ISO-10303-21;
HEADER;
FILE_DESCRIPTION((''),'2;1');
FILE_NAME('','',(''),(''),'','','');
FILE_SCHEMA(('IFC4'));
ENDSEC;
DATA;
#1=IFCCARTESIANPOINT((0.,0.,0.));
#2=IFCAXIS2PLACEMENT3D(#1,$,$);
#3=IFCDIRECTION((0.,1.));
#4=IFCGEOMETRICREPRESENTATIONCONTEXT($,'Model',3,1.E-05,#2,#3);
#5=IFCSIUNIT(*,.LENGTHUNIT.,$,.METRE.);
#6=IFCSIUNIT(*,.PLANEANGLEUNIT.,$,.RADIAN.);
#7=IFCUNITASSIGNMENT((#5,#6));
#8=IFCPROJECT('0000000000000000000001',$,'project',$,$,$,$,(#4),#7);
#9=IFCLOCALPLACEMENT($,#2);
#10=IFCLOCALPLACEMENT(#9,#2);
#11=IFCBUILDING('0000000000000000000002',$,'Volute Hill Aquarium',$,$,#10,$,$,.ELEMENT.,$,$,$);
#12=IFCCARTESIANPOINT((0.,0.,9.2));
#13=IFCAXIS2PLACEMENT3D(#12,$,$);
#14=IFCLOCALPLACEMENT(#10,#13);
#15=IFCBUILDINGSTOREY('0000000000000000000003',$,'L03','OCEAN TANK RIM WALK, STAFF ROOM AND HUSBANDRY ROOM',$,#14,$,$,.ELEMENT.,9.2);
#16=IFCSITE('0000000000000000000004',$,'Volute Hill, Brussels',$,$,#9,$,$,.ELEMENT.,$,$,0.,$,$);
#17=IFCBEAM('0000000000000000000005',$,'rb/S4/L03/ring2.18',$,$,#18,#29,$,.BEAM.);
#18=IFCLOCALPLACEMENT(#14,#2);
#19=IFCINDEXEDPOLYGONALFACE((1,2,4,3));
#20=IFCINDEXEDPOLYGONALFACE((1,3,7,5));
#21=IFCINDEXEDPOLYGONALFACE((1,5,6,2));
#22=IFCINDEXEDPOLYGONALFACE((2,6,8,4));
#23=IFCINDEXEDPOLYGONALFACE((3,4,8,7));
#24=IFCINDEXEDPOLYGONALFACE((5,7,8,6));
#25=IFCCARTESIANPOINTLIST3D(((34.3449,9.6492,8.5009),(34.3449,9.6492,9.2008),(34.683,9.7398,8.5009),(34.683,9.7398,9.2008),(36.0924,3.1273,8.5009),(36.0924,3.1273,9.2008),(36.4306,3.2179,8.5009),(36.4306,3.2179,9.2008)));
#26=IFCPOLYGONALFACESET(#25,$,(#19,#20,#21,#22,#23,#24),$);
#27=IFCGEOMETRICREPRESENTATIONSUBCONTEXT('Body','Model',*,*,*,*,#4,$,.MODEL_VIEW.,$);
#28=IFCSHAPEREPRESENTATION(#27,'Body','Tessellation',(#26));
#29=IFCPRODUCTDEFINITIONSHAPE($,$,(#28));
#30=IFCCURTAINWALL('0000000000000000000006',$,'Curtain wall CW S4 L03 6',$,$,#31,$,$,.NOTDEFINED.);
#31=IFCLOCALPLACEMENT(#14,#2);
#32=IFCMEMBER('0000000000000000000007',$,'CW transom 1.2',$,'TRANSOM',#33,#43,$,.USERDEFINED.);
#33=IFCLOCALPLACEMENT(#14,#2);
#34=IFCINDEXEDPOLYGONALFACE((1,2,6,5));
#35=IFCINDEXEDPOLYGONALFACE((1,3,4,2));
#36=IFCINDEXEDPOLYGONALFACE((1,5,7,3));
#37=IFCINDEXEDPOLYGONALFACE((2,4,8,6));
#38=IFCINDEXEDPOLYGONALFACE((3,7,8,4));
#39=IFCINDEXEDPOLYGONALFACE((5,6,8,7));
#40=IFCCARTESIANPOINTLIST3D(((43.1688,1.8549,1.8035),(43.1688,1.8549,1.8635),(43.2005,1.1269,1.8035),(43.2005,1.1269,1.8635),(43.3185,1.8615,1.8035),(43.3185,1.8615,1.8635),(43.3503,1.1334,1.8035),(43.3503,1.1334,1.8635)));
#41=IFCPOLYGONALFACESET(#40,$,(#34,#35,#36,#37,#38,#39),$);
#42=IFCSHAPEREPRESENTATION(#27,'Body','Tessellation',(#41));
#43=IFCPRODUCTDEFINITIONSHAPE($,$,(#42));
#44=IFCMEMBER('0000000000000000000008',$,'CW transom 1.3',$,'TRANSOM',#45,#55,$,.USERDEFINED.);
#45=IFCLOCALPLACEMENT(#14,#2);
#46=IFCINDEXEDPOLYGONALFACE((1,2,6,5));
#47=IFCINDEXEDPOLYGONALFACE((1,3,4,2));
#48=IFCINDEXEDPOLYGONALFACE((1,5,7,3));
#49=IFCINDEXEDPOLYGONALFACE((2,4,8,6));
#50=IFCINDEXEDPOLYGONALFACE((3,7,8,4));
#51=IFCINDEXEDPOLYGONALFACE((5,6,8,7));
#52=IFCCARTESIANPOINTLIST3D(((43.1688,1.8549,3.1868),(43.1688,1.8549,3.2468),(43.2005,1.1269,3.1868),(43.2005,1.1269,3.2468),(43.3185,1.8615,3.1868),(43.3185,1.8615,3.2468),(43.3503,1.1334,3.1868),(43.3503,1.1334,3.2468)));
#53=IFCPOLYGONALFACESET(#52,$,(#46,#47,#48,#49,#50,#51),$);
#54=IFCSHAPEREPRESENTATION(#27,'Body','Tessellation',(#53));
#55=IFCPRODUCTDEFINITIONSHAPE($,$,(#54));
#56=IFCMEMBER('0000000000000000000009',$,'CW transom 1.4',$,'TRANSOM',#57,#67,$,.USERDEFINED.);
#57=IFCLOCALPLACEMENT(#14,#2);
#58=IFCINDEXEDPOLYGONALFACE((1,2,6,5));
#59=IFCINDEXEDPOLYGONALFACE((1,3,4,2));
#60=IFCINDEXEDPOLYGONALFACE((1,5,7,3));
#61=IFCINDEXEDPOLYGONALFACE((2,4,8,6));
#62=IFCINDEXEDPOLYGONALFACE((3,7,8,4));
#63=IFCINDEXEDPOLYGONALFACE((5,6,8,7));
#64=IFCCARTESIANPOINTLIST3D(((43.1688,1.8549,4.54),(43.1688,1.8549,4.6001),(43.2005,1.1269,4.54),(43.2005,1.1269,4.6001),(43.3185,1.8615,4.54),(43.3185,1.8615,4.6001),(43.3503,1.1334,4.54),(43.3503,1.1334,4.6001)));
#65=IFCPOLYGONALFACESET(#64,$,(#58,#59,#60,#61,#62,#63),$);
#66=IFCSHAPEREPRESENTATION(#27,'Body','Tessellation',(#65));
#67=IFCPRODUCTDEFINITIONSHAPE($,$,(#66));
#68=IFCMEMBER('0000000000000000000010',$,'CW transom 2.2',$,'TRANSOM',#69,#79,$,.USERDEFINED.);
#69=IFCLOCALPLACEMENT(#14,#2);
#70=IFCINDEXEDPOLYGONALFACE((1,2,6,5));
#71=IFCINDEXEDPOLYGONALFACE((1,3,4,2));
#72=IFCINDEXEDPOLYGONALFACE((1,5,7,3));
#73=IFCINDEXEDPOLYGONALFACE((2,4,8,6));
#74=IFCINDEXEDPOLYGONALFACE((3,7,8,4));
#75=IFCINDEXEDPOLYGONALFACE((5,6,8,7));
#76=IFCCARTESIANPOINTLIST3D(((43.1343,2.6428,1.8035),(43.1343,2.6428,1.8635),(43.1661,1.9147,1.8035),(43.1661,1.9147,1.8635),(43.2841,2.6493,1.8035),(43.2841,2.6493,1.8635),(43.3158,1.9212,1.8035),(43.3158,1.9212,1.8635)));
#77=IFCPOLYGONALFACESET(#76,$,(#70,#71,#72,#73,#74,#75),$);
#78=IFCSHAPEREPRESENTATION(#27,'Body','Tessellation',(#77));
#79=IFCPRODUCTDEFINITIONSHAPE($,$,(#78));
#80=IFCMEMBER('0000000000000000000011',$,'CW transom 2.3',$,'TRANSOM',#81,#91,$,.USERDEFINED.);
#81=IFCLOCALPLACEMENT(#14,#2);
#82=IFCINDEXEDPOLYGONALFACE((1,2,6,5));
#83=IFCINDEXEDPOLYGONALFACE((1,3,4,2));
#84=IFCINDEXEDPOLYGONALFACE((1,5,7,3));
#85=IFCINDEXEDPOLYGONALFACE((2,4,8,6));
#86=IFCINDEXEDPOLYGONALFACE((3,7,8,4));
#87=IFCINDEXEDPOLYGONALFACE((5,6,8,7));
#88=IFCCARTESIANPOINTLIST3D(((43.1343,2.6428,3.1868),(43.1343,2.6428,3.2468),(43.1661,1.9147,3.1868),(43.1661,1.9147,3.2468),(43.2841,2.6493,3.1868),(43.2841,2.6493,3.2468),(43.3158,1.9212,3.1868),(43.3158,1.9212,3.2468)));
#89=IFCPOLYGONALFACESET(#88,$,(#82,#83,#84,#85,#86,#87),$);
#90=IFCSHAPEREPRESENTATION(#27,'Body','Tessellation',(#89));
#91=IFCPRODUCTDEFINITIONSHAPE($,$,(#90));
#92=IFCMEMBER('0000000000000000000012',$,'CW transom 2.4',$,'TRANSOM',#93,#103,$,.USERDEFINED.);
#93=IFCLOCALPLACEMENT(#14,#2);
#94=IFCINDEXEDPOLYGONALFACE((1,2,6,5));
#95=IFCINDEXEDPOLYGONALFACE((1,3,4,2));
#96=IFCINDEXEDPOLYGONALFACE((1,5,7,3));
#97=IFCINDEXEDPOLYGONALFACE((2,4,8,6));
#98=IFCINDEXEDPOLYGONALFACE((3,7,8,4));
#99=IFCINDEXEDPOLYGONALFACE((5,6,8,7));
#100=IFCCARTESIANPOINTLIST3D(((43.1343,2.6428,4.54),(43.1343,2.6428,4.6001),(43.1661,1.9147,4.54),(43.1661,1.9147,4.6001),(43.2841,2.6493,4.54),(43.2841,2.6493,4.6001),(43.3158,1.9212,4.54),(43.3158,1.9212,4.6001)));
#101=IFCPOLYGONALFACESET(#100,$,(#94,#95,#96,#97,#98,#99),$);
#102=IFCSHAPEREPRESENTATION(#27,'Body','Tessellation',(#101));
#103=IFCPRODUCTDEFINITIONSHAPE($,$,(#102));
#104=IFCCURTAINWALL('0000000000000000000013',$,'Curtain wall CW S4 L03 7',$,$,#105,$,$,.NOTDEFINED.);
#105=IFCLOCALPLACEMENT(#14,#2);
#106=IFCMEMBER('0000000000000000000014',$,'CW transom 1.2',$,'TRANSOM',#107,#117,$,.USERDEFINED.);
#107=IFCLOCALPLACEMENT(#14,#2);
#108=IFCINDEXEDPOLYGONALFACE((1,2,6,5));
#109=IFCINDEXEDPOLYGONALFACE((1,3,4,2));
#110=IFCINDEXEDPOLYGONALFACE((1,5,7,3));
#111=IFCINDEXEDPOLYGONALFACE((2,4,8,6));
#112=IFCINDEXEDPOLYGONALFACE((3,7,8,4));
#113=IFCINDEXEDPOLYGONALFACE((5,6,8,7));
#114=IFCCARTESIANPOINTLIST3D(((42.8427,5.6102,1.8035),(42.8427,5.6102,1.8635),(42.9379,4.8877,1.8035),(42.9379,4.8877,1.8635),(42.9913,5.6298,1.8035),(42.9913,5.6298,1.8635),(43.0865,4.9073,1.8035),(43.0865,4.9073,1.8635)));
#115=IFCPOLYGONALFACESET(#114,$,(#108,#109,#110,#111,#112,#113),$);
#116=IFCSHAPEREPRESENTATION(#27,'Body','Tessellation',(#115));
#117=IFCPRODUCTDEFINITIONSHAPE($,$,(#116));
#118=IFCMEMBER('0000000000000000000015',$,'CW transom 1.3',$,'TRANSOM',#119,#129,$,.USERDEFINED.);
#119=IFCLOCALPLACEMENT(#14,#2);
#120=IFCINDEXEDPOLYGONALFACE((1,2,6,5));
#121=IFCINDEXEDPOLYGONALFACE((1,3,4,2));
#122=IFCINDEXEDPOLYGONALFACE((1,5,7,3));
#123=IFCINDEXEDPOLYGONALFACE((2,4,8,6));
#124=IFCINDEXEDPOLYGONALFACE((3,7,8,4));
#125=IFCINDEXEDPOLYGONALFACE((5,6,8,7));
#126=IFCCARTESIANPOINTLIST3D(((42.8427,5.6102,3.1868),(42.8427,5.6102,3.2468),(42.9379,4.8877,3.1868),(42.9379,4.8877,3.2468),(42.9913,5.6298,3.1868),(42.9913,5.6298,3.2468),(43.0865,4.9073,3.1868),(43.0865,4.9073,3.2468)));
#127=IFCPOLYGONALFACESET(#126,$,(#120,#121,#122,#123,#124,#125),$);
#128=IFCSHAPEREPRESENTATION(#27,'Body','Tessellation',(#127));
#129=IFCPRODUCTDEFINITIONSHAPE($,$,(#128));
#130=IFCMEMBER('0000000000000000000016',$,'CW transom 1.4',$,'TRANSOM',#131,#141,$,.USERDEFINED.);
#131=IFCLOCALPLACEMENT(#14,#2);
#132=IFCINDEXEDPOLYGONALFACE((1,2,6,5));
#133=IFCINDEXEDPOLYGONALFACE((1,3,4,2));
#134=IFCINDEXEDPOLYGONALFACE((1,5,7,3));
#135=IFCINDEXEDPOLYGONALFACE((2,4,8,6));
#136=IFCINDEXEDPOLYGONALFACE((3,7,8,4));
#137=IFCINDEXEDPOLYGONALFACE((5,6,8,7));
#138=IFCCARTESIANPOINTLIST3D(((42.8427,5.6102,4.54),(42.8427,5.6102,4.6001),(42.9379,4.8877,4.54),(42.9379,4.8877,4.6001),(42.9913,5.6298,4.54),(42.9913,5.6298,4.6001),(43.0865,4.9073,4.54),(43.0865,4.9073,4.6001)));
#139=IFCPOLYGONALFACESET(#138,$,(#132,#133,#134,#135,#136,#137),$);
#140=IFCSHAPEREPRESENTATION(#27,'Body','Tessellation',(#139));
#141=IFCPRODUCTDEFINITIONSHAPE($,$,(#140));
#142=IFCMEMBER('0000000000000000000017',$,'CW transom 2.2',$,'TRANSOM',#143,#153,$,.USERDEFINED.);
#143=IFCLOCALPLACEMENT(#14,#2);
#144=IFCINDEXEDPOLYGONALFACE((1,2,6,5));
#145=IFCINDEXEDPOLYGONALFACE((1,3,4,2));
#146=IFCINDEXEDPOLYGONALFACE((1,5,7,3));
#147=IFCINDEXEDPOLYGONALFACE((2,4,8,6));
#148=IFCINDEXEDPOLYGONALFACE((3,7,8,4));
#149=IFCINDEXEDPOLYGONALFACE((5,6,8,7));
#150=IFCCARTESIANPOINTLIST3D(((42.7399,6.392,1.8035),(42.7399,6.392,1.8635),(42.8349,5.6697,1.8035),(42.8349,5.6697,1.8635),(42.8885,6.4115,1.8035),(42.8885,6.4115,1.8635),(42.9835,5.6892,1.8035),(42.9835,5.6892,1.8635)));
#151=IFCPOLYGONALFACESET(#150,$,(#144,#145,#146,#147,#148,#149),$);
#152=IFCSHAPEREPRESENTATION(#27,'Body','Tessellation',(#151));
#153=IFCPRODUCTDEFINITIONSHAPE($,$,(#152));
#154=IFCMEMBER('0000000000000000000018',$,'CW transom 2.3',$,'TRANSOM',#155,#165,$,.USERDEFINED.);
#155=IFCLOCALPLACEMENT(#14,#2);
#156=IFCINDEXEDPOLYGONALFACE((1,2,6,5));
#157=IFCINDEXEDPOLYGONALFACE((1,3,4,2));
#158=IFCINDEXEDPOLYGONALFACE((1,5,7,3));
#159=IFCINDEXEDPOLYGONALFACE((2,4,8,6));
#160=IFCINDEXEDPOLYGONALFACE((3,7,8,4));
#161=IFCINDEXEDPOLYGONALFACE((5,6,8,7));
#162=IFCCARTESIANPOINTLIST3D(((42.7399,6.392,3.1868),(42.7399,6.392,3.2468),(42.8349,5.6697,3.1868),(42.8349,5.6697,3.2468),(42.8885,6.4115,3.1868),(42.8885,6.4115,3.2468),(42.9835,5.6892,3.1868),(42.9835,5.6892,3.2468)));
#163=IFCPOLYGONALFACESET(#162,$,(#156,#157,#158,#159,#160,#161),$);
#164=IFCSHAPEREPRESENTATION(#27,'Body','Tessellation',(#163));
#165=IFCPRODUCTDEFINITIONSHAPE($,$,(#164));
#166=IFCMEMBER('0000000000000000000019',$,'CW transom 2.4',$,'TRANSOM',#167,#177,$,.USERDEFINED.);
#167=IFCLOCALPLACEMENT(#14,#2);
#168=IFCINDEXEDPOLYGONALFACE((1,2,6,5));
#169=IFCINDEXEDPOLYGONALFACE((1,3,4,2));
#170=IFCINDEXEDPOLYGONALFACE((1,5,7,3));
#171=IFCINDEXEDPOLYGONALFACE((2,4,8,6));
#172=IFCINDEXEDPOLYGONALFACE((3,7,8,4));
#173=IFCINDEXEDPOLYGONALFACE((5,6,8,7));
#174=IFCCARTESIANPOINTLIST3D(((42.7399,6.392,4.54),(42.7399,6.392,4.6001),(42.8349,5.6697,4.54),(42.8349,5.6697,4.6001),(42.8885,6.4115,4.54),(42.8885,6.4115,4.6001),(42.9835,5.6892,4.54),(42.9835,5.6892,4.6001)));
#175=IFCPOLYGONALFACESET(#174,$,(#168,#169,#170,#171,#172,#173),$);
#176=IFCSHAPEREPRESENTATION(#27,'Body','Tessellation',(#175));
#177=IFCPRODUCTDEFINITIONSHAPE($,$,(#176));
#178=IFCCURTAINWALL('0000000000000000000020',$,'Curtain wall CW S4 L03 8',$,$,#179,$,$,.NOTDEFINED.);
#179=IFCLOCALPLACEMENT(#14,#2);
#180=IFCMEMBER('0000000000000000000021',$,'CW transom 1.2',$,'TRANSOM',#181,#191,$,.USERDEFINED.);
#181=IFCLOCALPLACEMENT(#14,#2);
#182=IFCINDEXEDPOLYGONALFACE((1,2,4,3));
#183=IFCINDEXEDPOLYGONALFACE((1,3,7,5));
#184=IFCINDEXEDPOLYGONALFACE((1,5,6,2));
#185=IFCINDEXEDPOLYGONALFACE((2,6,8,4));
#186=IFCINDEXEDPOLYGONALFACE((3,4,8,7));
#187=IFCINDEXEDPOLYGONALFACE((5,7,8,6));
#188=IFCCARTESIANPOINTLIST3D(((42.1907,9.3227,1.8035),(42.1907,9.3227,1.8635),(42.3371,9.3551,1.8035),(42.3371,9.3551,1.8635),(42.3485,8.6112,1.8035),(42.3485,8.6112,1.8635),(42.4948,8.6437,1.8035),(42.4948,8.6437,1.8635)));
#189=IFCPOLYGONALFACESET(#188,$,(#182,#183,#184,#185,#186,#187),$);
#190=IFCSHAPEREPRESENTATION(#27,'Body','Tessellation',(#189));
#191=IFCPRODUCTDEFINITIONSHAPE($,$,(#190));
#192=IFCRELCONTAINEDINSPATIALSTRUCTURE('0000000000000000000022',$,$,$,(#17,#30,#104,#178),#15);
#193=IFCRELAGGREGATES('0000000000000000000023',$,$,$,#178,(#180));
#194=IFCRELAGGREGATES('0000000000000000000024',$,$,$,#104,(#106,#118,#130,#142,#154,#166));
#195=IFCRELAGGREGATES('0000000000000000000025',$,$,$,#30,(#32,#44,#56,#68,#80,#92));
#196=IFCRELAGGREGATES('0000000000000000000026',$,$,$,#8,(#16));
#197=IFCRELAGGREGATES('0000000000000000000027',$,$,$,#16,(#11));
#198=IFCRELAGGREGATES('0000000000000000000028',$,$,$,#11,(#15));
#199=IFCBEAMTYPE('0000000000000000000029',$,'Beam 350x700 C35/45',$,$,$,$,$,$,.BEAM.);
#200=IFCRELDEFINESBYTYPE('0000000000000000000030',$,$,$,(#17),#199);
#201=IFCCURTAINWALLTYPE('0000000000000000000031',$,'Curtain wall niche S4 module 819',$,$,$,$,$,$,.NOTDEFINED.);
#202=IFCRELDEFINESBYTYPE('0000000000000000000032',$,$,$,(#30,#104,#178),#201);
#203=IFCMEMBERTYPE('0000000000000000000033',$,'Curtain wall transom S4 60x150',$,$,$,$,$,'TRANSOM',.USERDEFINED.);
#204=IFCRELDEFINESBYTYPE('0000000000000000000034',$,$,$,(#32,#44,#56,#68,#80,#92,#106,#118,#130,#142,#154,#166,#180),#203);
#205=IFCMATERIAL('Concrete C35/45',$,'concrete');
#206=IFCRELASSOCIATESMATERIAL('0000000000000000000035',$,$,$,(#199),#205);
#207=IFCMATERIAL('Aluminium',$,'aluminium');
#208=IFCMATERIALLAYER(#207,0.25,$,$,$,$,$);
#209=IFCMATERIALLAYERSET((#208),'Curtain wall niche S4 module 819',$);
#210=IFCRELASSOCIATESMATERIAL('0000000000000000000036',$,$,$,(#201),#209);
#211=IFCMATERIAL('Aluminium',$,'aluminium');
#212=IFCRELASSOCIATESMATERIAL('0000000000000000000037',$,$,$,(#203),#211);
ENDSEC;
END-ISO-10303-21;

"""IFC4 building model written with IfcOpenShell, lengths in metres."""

from ifc_helpers import new_model, si_unit, direction, frame, origin, origin_2d, place, context, subcontext, project, spatial, rectangle, extrude, material, layer, layer_set, material_profile, profile_set, type_object, element, aggregate, save


model = new_model("IFC4")

# Units and contexts
model_context = context("Model", 3, precision=1e-05, world=origin(), true_north=direction((0.0, 1.0)))
body_context = subcontext(model_context, "Body", "Model", "MODEL_VIEW")
ifc_project = project(units=[si_unit("LENGTHUNIT", "METRE"), si_unit("PLANEANGLEUNIT", "RADIAN")], contexts=[model_context])

# Site, building, storey
site_placement = place(None, origin())
site = spatial("IfcSite", under=ifc_project, at=site_placement, Name="Volute Hill, Brussels", CompositionType="ELEMENT", RefElevation=0.0)
building_placement = place(site_placement, origin())
building = spatial("IfcBuilding", under=site, at=building_placement, Name="Volute Hill Aquarium", CompositionType="ELEMENT")
storey_placement = place(building_placement, frame((0.0, 0.0, 9.2)))
storey = spatial("IfcBuildingStorey", under=building, at=storey_placement, Name="L03", Description="OCEAN TANK RIM WALK, STAFF ROOM AND HUSBANDRY ROOM", CompositionType="ELEMENT", Elevation=9.2)

# Beam
ifc_material_1 = material(Name="Concrete C35/45", Category="concrete")
ifc_material_profile_1 = material_profile(ifc_material_1, rectangle(XDim=0.3501, YDim=0.7, at=origin_2d()), Name="RC beam 350x700")
ifc_profile_set_1 = profile_set([ifc_material_profile_1], Name="Concrete C35/45")
beam_type_1 = type_object("IfcBeamType", Name="Beam 350x700 C35/45", PredefinedType="BEAM", material=ifc_profile_set_1)
beam_1_placement = place(storey_placement, frame((36.2615, 3.1726, 8.8508), z_axis=(-0.258819, 0.965926, 0.0), x_axis=(-0.965926, -0.258819, 0.0)))
element("IfcBeam", 1, at=beam_1_placement, inside=storey, type_object=beam_type_1, Name="rb/S4/L03/ring2.18", PredefinedType="BEAM", context=body_context, shape_type="SweptSolid", body=[
    extrude(rectangle(XDim=0.3501, YDim=0.7, at=origin_2d()), origin(), (0.0, 0.0, 1.0), 6.752),
])

# Curtain walls, members
ifc_material_2 = material(Name="Aluminium", Category="aluminium")
ifc_layer_1 = layer(ifc_material_2, 0.25)
ifc_layer_set_1 = layer_set([ifc_layer_1], Name="Curtain wall niche S4 module 819")
curtain_wall_type = type_object("IfcCurtainWallType", Name="Curtain wall niche S4 module 819", PredefinedType="NOTDEFINED", material=ifc_layer_set_1)
curtain_wall_1_placement = place(storey_placement, origin())
curtain_wall_1 = element("IfcCurtainWall", 2, at=curtain_wall_1_placement, inside=storey, type_object=curtain_wall_type, Name="Curtain wall CW S4 L03 6", PredefinedType="NOTDEFINED")
ifc_material_3 = material(Name="Aluminium", Category="aluminium")
ifc_material_profile_2 = material_profile(ifc_material_3, rectangle(XDim=0.1499, YDim=0.0601, at=origin_2d()), Name="Curtain wall transom S4 60x150")
ifc_profile_set_2 = profile_set([ifc_material_profile_2], Name="Aluminium")
member_type = type_object("IfcMemberType", Name="Curtain wall transom S4 60x150", ElementType="TRANSOM", PredefinedType="USERDEFINED", material=ifc_profile_set_2)
member_1_placement = place(storey_placement, frame((43.2754, 1.1301, 1.8335), z_axis=(-0.043554, 0.999051, 0.0), x_axis=(-0.999051, -0.043554, 0.0)))
member_1 = element("IfcMember", 3, at=member_1_placement, type_object=member_type, Name="CW transom 1.2", ObjectType="TRANSOM", PredefinedType="USERDEFINED", context=body_context, shape_type="SweptSolid", body=[
    extrude(rectangle(XDim=0.1499, YDim=0.0601, at=origin_2d()), origin(), (0.0, 0.0, 1.0), 0.7288),
])
member_2_placement = place(storey_placement, frame((43.2754, 1.1301, 3.2168), z_axis=(-0.043554, 0.999051, 0.0), x_axis=(-0.999051, -0.043554, 0.0)))
member_2 = element("IfcMember", 4, at=member_2_placement, type_object=member_type, Name="CW transom 1.3", ObjectType="TRANSOM", PredefinedType="USERDEFINED", context=body_context, shape_type="SweptSolid", body=[
    extrude(rectangle(XDim=0.1499, YDim=0.0601, at=origin_2d()), origin(), (0.0, 0.0, 1.0), 0.7288),
])
member_3_placement = place(storey_placement, frame((43.2754, 1.1301, 4.5701), z_axis=(-0.043554, 0.999051, 0.0), x_axis=(-0.999051, -0.043554, 0.0)))
member_3 = element("IfcMember", 5, at=member_3_placement, type_object=member_type, Name="CW transom 1.4", ObjectType="TRANSOM", PredefinedType="USERDEFINED", context=body_context, shape_type="SweptSolid", body=[
    extrude(rectangle(XDim=0.1499, YDim=0.0601, at=origin_2d()), origin(), (0.0, 0.0, 1.0), 0.7288),
])
member_4_placement = place(storey_placement, frame((43.241, 1.918, 1.8335), z_axis=(-0.043554, 0.999051, 0.0), x_axis=(-0.999051, -0.043554, 0.0)))
member_4 = element("IfcMember", 6, at=member_4_placement, type_object=member_type, Name="CW transom 2.2", ObjectType="TRANSOM", PredefinedType="USERDEFINED", context=body_context, shape_type="SweptSolid", body=[
    extrude(rectangle(XDim=0.1499, YDim=0.0601, at=origin_2d()), origin(), (0.0, 0.0, 1.0), 0.7288),
])
member_5_placement = place(storey_placement, frame((43.241, 1.918, 3.2168), z_axis=(-0.043554, 0.999051, 0.0), x_axis=(-0.999051, -0.043554, 0.0)))
member_5 = element("IfcMember", 7, at=member_5_placement, type_object=member_type, Name="CW transom 2.3", ObjectType="TRANSOM", PredefinedType="USERDEFINED", context=body_context, shape_type="SweptSolid", body=[
    extrude(rectangle(XDim=0.1499, YDim=0.0601, at=origin_2d()), origin(), (0.0, 0.0, 1.0), 0.7288),
])
member_6_placement = place(storey_placement, frame((43.241, 1.918, 4.5701), z_axis=(-0.043554, 0.999051, 0.0), x_axis=(-0.999051, -0.043554, 0.0)))
member_6 = element("IfcMember", 8, at=member_6_placement, type_object=member_type, Name="CW transom 2.4", ObjectType="TRANSOM", PredefinedType="USERDEFINED", context=body_context, shape_type="SweptSolid", body=[
    extrude(rectangle(XDim=0.1499, YDim=0.0601, at=origin_2d()), origin(), (0.0, 0.0, 1.0), 0.7288),
])
curtain_wall_2_placement = place(storey_placement, origin())
curtain_wall_2 = element("IfcCurtainWall", 9, at=curtain_wall_2_placement, inside=storey, type_object=curtain_wall_type, Name="Curtain wall CW S4 L03 7", PredefinedType="NOTDEFINED")
member_7_placement = place(storey_placement, frame((43.0122, 4.8975, 1.8335), z_axis=(-0.130671, 0.991426, 0.0), x_axis=(-0.991426, -0.130671, 0.0)))
member_7 = element("IfcMember", 10, at=member_7_placement, type_object=member_type, Name="CW transom 1.2", ObjectType="TRANSOM", PredefinedType="USERDEFINED", context=body_context, shape_type="SweptSolid", body=[
    extrude(rectangle(XDim=0.1499, YDim=0.0601, at=origin_2d()), origin(), (0.0, 0.0, 1.0), 0.7288),
])
member_8_placement = place(storey_placement, frame((43.0122, 4.8975, 3.2168), z_axis=(-0.130671, 0.991426, 0.0), x_axis=(-0.991426, -0.130671, 0.0)))
member_8 = element("IfcMember", 11, at=member_8_placement, type_object=member_type, Name="CW transom 1.3", ObjectType="TRANSOM", PredefinedType="USERDEFINED", context=body_context, shape_type="SweptSolid", body=[
    extrude(rectangle(XDim=0.1499, YDim=0.0601, at=origin_2d()), origin(), (0.0, 0.0, 1.0), 0.7288),
])
member_9_placement = place(storey_placement, frame((43.0122, 4.8975, 4.5701), z_axis=(-0.130671, 0.991426, 0.0), x_axis=(-0.991426, -0.130671, 0.0)))
member_9 = element("IfcMember", 12, at=member_9_placement, type_object=member_type, Name="CW transom 1.4", ObjectType="TRANSOM", PredefinedType="USERDEFINED", context=body_context, shape_type="SweptSolid", body=[
    extrude(rectangle(XDim=0.1499, YDim=0.0601, at=origin_2d()), origin(), (0.0, 0.0, 1.0), 0.7288),
])
member_10_placement = place(storey_placement, frame((42.9092, 5.6794, 1.8335), z_axis=(-0.130342, 0.991469, 0.0), x_axis=(-0.991469, -0.130342, 0.0)))
member_10 = element("IfcMember", 13, at=member_10_placement, type_object=member_type, Name="CW transom 2.2", ObjectType="TRANSOM", PredefinedType="USERDEFINED", context=body_context, shape_type="SweptSolid", body=[
    extrude(rectangle(XDim=0.1499, YDim=0.0601, at=origin_2d()), origin(), (0.0, 0.0, 1.0), 0.7285),
])
member_11_placement = place(storey_placement, frame((42.9092, 5.6794, 3.2168), z_axis=(-0.130342, 0.991469, 0.0), x_axis=(-0.991469, -0.130342, 0.0)))
member_11 = element("IfcMember", 14, at=member_11_placement, type_object=member_type, Name="CW transom 2.3", ObjectType="TRANSOM", PredefinedType="USERDEFINED", context=body_context, shape_type="SweptSolid", body=[
    extrude(rectangle(XDim=0.1499, YDim=0.0601, at=origin_2d()), origin(), (0.0, 0.0, 1.0), 0.7285),
])
member_12_placement = place(storey_placement, frame((42.9092, 5.6794, 4.5701), z_axis=(-0.130342, 0.991469, 0.0), x_axis=(-0.991469, -0.130342, 0.0)))
member_12 = element("IfcMember", 15, at=member_12_placement, type_object=member_type, Name="CW transom 2.4", ObjectType="TRANSOM", PredefinedType="USERDEFINED", context=body_context, shape_type="SweptSolid", body=[
    extrude(rectangle(XDim=0.1499, YDim=0.0601, at=origin_2d()), origin(), (0.0, 0.0, 1.0), 0.7285),
])

# Curtain wall, member
curtain_wall_3_placement = place(storey_placement, origin())
curtain_wall_3 = element("IfcCurtainWall", 16, at=curtain_wall_3_placement, inside=storey, type_object=curtain_wall_type, Name="Curtain wall CW S4 L03 8", PredefinedType="NOTDEFINED")
member_13_placement = place(storey_placement, frame((42.4216, 8.6274, 1.8335), z_axis=(-0.216434, 0.976297, 0.0), x_axis=(-0.976297, -0.216434, 0.0)))
member_13 = element("IfcMember", 17, at=member_13_placement, type_object=member_type, Name="CW transom 1.2", ObjectType="TRANSOM", PredefinedType="USERDEFINED", context=body_context, shape_type="SweptSolid", body=[
    extrude(rectangle(XDim=0.1499, YDim=0.0601, at=origin_2d()), origin(), (0.0, 0.0, 1.0), 0.7288),
])
aggregate(curtain_wall_3, [member_13])

aggregate(curtain_wall_2, [member_7, member_8, member_9, member_10, member_11, member_12])
aggregate(curtain_wall_1, [member_1, member_2, member_3, member_4, member_5, member_6])

save(model, "model.ifc")
